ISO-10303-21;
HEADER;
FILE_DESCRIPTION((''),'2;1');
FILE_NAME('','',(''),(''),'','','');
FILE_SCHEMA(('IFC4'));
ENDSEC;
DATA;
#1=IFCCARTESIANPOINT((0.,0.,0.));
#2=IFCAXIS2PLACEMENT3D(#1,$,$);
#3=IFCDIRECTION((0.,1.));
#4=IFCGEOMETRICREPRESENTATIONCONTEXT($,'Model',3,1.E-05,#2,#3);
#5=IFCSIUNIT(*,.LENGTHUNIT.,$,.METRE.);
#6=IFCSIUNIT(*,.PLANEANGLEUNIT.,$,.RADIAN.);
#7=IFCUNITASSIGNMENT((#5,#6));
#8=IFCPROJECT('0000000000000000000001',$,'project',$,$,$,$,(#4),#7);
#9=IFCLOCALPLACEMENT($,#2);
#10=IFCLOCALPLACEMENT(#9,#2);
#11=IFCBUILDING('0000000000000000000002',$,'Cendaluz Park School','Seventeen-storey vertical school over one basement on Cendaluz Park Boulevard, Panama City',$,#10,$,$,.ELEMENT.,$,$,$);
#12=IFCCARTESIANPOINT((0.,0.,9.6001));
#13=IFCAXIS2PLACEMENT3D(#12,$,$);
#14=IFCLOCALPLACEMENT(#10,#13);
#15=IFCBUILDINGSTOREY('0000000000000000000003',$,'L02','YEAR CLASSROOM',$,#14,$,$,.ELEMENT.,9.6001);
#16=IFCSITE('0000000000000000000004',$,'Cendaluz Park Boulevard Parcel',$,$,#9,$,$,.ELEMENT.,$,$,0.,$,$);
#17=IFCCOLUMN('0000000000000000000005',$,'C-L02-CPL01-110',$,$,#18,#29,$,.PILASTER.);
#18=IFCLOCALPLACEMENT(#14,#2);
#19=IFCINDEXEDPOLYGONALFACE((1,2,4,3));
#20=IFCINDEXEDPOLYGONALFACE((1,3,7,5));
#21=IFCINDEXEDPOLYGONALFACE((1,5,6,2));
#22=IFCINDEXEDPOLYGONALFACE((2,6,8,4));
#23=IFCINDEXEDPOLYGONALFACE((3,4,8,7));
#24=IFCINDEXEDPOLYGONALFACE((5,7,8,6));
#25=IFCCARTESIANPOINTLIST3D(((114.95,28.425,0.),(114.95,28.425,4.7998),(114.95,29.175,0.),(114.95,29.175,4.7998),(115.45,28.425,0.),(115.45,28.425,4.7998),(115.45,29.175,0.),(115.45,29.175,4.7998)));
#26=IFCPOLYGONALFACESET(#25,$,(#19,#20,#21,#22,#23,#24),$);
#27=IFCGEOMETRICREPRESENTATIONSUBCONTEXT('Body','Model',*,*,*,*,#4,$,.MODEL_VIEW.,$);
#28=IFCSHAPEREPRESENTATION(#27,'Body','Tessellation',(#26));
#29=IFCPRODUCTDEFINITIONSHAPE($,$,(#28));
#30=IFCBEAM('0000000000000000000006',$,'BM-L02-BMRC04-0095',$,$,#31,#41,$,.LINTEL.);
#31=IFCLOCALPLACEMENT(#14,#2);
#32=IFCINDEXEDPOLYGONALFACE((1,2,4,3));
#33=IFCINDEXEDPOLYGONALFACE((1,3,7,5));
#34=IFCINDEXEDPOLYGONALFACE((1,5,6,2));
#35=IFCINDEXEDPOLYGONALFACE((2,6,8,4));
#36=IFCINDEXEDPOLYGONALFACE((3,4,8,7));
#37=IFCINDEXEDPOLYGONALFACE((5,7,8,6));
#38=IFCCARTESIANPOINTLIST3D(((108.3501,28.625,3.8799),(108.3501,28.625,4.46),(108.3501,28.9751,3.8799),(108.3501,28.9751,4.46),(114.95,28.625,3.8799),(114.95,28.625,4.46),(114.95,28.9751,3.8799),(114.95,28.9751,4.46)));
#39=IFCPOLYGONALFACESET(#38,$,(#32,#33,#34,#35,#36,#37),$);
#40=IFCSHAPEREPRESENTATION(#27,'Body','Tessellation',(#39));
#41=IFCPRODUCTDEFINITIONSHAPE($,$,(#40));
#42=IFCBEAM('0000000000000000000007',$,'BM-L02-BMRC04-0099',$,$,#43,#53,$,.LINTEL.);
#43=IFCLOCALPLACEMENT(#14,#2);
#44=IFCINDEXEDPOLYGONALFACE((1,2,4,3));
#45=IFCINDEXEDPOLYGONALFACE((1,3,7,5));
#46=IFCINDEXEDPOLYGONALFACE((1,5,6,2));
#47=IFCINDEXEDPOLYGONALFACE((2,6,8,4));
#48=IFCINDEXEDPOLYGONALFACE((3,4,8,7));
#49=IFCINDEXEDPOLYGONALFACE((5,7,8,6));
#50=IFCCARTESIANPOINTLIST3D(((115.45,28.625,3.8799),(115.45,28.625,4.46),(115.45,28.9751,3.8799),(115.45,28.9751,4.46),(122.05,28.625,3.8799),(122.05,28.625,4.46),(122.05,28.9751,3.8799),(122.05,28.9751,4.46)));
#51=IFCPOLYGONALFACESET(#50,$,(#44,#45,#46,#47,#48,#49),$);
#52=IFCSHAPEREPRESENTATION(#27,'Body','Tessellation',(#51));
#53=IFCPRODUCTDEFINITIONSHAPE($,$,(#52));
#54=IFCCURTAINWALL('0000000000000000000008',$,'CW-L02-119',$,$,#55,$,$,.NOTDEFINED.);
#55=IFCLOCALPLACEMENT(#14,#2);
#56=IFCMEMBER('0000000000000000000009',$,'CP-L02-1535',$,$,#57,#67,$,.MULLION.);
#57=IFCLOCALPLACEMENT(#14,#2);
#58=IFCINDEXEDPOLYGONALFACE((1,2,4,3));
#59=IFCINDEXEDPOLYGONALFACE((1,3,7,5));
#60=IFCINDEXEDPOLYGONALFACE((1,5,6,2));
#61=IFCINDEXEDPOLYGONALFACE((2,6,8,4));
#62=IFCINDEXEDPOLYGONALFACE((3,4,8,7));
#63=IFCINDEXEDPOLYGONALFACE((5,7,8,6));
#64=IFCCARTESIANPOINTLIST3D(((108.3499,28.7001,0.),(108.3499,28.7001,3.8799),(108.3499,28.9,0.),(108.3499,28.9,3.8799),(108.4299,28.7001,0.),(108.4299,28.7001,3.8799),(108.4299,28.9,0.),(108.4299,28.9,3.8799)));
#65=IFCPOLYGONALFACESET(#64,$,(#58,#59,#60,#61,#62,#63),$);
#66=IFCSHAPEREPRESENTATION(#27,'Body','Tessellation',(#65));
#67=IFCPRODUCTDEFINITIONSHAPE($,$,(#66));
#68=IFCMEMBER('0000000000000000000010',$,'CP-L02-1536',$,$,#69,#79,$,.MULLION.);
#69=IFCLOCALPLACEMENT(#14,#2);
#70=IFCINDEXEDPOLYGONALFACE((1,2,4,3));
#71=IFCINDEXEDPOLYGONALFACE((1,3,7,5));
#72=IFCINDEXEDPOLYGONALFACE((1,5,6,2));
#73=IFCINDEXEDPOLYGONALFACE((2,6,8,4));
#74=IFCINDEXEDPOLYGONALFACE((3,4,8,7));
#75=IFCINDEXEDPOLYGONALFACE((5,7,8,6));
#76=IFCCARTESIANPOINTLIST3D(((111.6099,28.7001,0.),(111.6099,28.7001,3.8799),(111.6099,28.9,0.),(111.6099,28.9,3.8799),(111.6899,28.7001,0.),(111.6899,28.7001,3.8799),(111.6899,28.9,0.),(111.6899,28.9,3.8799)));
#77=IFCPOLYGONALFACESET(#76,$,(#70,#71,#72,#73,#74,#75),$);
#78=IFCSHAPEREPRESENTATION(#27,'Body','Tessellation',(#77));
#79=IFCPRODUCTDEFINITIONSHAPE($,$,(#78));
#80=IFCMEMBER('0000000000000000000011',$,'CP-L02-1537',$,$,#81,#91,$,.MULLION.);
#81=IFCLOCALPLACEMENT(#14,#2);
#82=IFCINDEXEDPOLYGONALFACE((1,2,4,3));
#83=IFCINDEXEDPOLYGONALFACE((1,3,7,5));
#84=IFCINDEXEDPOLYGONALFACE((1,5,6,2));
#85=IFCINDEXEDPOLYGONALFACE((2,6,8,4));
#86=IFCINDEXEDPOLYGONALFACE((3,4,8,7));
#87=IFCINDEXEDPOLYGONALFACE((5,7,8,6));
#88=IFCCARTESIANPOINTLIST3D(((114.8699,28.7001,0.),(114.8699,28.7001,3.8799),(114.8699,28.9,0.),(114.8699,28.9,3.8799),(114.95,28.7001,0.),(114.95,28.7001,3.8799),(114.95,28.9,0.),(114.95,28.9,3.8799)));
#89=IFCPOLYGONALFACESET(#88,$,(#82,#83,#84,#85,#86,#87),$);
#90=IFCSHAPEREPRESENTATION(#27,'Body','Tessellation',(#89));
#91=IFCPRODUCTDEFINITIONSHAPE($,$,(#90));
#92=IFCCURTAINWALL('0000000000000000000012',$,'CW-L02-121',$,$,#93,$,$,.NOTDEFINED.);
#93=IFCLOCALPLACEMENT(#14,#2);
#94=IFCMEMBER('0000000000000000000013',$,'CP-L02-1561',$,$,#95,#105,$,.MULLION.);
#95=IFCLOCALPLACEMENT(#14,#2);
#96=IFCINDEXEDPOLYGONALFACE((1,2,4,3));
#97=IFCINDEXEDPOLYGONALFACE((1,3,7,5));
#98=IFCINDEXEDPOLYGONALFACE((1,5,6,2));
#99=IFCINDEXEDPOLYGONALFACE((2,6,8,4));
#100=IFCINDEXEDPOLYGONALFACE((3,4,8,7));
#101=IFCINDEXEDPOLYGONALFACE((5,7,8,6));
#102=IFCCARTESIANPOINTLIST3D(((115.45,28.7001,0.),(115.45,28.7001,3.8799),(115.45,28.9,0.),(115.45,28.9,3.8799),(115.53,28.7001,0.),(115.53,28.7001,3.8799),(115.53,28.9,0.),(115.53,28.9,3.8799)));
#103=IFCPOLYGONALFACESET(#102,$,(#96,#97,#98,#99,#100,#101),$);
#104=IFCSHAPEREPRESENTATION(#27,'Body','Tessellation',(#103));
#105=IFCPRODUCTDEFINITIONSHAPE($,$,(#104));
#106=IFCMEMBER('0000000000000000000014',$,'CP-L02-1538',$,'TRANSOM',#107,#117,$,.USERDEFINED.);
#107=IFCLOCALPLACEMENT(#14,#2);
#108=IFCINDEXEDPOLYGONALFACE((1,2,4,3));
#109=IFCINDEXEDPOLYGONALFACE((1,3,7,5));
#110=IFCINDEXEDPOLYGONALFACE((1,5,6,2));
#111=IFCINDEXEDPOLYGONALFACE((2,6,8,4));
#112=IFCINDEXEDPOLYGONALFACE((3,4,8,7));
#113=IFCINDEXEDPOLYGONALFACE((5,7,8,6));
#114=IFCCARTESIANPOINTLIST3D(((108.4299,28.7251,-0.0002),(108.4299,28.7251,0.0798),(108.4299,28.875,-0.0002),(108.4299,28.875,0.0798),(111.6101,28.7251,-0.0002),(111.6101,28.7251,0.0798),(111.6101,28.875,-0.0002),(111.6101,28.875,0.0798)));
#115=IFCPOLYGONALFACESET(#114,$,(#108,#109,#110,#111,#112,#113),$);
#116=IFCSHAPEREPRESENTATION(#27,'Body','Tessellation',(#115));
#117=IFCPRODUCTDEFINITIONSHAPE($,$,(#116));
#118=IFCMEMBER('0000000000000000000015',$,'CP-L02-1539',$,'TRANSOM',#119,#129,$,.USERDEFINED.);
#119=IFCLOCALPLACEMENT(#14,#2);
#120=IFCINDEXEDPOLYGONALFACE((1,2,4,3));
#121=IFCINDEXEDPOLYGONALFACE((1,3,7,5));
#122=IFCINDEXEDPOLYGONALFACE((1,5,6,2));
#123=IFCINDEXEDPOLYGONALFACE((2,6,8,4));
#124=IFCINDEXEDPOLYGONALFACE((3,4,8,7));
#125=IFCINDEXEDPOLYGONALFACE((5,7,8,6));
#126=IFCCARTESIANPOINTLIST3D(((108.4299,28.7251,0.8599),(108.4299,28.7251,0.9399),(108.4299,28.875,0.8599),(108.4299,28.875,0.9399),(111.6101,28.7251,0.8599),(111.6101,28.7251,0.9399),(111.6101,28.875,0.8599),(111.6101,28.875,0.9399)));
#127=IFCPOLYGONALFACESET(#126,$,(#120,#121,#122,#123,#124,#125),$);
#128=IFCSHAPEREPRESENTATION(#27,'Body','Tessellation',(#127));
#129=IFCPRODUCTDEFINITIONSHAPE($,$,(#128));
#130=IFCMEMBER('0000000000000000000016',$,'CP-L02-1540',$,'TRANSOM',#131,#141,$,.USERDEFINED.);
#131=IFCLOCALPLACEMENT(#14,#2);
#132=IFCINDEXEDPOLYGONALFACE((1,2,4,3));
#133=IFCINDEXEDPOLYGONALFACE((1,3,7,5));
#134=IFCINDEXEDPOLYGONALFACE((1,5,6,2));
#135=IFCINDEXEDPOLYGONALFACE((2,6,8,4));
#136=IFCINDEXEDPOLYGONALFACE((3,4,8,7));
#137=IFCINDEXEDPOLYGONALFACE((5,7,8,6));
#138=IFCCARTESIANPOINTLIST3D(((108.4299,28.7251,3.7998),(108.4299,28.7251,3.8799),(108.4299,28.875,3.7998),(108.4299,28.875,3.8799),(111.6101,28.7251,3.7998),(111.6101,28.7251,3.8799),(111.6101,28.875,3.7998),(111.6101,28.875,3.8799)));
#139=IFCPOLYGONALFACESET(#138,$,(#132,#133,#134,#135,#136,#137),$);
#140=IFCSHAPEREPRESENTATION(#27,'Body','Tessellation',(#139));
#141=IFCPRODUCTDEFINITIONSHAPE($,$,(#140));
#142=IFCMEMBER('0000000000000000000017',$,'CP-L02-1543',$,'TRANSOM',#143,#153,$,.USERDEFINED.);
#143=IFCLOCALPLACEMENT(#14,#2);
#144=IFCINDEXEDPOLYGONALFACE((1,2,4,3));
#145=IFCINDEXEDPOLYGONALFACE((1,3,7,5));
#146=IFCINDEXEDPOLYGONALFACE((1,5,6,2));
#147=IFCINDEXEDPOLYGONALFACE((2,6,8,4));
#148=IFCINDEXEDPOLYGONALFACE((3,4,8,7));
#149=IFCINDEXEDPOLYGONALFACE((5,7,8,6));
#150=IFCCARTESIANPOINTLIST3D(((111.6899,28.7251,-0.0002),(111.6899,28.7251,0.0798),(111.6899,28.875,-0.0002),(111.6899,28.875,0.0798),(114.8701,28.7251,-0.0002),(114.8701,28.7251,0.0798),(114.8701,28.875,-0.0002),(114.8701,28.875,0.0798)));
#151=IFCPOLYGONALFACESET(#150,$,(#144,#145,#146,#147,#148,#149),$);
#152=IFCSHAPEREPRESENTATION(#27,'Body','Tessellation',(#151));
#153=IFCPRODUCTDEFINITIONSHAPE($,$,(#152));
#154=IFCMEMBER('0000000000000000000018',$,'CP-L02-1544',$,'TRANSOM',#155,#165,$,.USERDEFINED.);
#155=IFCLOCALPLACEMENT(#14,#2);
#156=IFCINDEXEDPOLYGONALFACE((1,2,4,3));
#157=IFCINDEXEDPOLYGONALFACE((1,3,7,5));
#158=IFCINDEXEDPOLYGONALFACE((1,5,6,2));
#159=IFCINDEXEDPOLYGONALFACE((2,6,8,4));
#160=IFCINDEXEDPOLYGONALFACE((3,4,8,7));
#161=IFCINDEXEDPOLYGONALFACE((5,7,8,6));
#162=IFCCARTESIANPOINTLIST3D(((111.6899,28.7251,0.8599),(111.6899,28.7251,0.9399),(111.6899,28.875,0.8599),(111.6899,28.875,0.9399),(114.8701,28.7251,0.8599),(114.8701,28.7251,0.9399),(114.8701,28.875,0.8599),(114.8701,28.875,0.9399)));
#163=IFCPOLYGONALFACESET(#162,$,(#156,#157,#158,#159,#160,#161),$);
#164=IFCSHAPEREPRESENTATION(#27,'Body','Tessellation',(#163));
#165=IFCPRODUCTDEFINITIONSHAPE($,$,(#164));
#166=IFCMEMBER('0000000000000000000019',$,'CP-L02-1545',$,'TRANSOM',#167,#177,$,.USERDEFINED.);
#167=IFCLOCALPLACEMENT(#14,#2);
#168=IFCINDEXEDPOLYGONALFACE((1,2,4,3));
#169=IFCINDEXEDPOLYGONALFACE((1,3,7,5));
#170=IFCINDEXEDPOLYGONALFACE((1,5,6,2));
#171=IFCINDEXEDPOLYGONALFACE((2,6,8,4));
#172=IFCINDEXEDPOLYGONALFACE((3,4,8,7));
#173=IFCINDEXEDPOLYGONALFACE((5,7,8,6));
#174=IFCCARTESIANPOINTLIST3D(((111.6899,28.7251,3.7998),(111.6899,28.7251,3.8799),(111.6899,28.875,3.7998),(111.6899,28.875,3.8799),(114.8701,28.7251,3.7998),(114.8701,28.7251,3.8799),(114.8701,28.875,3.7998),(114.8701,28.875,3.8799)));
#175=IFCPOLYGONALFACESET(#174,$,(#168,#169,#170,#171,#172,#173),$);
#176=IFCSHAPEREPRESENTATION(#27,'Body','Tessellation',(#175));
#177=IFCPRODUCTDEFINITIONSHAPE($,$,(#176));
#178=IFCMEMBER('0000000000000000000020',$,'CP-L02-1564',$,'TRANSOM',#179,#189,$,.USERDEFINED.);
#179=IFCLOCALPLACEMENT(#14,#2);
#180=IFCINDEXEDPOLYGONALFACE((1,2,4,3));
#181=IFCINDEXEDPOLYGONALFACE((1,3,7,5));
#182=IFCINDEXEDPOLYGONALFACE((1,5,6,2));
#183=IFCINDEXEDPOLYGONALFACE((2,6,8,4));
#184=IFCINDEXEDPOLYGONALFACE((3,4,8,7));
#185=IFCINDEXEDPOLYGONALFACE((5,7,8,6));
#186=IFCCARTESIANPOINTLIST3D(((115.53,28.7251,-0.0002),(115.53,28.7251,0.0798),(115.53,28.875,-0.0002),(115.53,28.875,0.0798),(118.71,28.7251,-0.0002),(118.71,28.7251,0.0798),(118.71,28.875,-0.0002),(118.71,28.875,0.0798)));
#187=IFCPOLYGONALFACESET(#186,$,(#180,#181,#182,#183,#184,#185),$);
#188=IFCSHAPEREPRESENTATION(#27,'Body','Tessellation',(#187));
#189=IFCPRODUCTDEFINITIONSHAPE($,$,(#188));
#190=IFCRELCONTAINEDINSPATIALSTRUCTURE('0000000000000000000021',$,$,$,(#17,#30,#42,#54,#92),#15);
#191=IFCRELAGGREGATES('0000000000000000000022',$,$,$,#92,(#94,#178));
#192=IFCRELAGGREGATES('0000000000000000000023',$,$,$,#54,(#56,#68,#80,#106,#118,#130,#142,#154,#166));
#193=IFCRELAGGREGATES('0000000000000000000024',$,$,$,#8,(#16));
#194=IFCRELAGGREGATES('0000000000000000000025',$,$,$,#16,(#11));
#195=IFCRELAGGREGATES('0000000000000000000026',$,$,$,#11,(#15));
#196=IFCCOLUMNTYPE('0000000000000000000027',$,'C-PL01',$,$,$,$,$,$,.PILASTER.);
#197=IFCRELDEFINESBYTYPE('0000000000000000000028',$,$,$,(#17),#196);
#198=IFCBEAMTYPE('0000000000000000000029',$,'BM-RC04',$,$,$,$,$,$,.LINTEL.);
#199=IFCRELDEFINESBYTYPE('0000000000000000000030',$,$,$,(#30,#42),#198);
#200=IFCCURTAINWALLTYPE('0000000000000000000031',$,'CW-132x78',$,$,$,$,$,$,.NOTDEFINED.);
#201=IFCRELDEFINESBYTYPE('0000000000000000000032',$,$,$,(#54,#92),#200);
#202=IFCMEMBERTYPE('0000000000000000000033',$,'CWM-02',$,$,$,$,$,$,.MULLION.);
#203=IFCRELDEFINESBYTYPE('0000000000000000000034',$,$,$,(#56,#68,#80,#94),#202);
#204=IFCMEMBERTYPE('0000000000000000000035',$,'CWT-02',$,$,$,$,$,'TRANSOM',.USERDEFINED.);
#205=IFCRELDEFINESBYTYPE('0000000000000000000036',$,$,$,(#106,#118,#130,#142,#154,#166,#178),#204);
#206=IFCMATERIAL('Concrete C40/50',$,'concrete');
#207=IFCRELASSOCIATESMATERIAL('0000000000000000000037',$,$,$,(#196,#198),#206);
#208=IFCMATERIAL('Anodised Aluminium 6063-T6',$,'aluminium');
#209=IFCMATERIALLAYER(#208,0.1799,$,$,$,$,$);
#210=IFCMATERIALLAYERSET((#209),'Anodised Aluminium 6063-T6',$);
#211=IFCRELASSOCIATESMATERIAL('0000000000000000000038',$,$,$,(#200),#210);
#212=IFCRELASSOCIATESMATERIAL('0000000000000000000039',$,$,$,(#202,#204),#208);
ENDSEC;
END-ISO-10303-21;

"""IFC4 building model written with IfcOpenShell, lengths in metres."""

from ifc_helpers import new_model, si_unit, direction, frame, origin, origin_2d, place, context, subcontext, project, spatial, rectangle, extrude, material, layer, layer_set, material_profile, profile_set, type_object, element, aggregate, save


model = new_model("IFC4")

# Units and contexts
model_context = context("Model", 3, precision=1e-05, world=origin(), true_north=direction((0.0, 1.0)))
body_context = subcontext(model_context, "Body", "Model", "MODEL_VIEW")
ifc_project = project(units=[si_unit("LENGTHUNIT", "METRE"), si_unit("PLANEANGLEUNIT", "RADIAN")], contexts=[model_context])

# Site, building, storey
site_placement = place(None, origin())
site = spatial("IfcSite", under=ifc_project, at=site_placement, Name="Cendaluz Park Boulevard Parcel", CompositionType="ELEMENT", RefElevation=0.0)
building_placement = place(site_placement, origin())
building = spatial("IfcBuilding", under=site, at=building_placement, Name="Cendaluz Park School", Description="Seventeen-storey vertical school over one basement on Cendaluz Park Boulevard, Panama City", CompositionType="ELEMENT")
storey_placement = place(building_placement, frame((0.0, 0.0, 9.6001)))
storey = spatial("IfcBuildingStorey", under=building, at=storey_placement, Name="L02", Description="YEAR CLASSROOM", CompositionType="ELEMENT", Elevation=9.6001)

# Column
ifc_material_1 = material(Name="Concrete C40/50", Category="concrete")
ifc_material_profile_1 = material_profile(ifc_material_1, rectangle(XDim=0.5, YDim=0.75, at=origin_2d()), Name="RC 500x750", Category="concrete")
ifc_profile_set_1 = profile_set([ifc_material_profile_1], Name="Concrete C40/50")
column_type = type_object("IfcColumnType", Name="C-PL01", PredefinedType="PILASTER", material=ifc_profile_set_1)
column_placement = place(storey_placement, frame((115.2, 28.8, 0.0), z_axis=(0.0, 0.0, 1.0), x_axis=(1.0, 0.0, 0.0)))
element("IfcColumn", 1, at=column_placement, inside=storey, type_object=column_type, Name="C-L02-CPL01-110", PredefinedType="PILASTER", context=body_context, shape_type="SweptSolid", body=[
    extrude(rectangle(XDim=0.5, YDim=0.75, at=origin_2d()), origin(), (0.0, 0.0, 1.0), 4.7998),
])

# Beams
ifc_material_profile_2 = material_profile(ifc_material_1, rectangle(XDim=0.3501, YDim=0.5801, at=origin_2d()), Name="RC 350x580", Category="concrete")
ifc_profile_set_2 = profile_set([ifc_material_profile_2], Name="Concrete C40/50")
beam_type_1 = type_object("IfcBeamType", Name="BM-RC04", PredefinedType="LINTEL", material=ifc_profile_set_2)
beam_1_placement = place(storey_placement, frame((108.3501, 28.8, 4.1699), z_axis=(1.0, 0.0, 0.0), x_axis=(0.0, 1.0, 0.0)))
element("IfcBeam", 2, at=beam_1_placement, inside=storey, type_object=beam_type_1, Name="BM-L02-BMRC04-0095", PredefinedType="LINTEL", context=body_context, shape_type="SweptSolid", body=[
    extrude(rectangle(XDim=0.3501, YDim=0.5801, at=origin_2d()), origin(), (0.0, 0.0, 1.0), 6.5999),
])
beam_2_placement = place(storey_placement, frame((115.45, 28.8, 4.1699), z_axis=(1.0, 0.0, 0.0), x_axis=(0.0, 1.0, 0.0)))
element("IfcBeam", 3, at=beam_2_placement, inside=storey, type_object=beam_type_1, Name="BM-L02-BMRC04-0099", PredefinedType="LINTEL", context=body_context, shape_type="SweptSolid", body=[
    extrude(rectangle(XDim=0.3501, YDim=0.5801, at=origin_2d()), origin(), (0.0, 0.0, 1.0), 6.6001),
])

# Curtain wall, members
ifc_material_2 = material(Name="Anodised Aluminium 6063-T6", Category="aluminium")
ifc_layer_1 = layer(ifc_material_2, 0.1799)
ifc_layer_set_1 = layer_set([ifc_layer_1], Name="Anodised Aluminium 6063-T6")
curtain_wall_type = type_object("IfcCurtainWallType", Name="CW-132x78", PredefinedType="NOTDEFINED", material=ifc_layer_set_1)
curtain_wall_1_placement = place(storey_placement, origin())
curtain_wall_1 = element("IfcCurtainWall", 4, at=curtain_wall_1_placement, inside=storey, type_object=curtain_wall_type, Name="CW-L02-119", PredefinedType="NOTDEFINED")
ifc_material_profile_3 = material_profile(ifc_material_2, rectangle(XDim=0.2, YDim=0.0801, at=origin_2d()), Name="CWM 200x80", Category="aluminium")
ifc_profile_set_3 = profile_set([ifc_material_profile_3], Name="Anodised Aluminium 6063-T6")
member_type_1 = type_object("IfcMemberType", Name="CWM-02", PredefinedType="MULLION", material=ifc_profile_set_3)
member_1_placement = place(storey_placement, frame((108.3899, 28.8, 0.0), z_axis=(0.0, 0.0, 1.0), x_axis=(0.0, 1.0, 0.0)))
member_1 = element("IfcMember", 5, at=member_1_placement, type_object=member_type_1, Name="CP-L02-1535", PredefinedType="MULLION", context=body_context, shape_type="SweptSolid", body=[
    extrude(rectangle(XDim=0.2, YDim=0.0801, at=origin_2d()), origin(), (0.0, 0.0, 1.0), 3.8799),
])
member_2_placement = place(storey_placement, frame((111.6499, 28.8, 0.0), z_axis=(0.0, 0.0, 1.0), x_axis=(0.0, 1.0, 0.0)))
member_2 = element("IfcMember", 6, at=member_2_placement, type_object=member_type_1, Name="CP-L02-1536", PredefinedType="MULLION", context=body_context, shape_type="SweptSolid", body=[
    extrude(rectangle(XDim=0.2, YDim=0.0801, at=origin_2d()), origin(), (0.0, 0.0, 1.0), 3.8799),
])
member_3_placement = place(storey_placement, frame((114.9099, 28.8, 0.0), z_axis=(0.0, 0.0, 1.0), x_axis=(0.0, 1.0, 0.0)))
member_3 = element("IfcMember", 7, at=member_3_placement, type_object=member_type_1, Name="CP-L02-1537", PredefinedType="MULLION", context=body_context, shape_type="SweptSolid", body=[
    extrude(rectangle(XDim=0.2, YDim=0.0801, at=origin_2d()), origin(), (0.0, 0.0, 1.0), 3.8799),
])

# Curtain wall, member
curtain_wall_2_placement = place(storey_placement, origin())
curtain_wall_2 = element("IfcCurtainWall", 8, at=curtain_wall_2_placement, inside=storey, type_object=curtain_wall_type, Name="CW-L02-121", PredefinedType="NOTDEFINED")
member_4_placement = place(storey_placement, frame((115.49, 28.8, 0.0), z_axis=(0.0, 0.0, 1.0), x_axis=(0.0, 1.0, 0.0)))
member_4 = element("IfcMember", 9, at=member_4_placement, type_object=member_type_1, Name="CP-L02-1561", PredefinedType="MULLION", context=body_context, shape_type="SweptSolid", body=[
    extrude(rectangle(XDim=0.2, YDim=0.0801, at=origin_2d()), origin(), (0.0, 0.0, 1.0), 3.8799),
])

# Members
ifc_material_profile_4 = material_profile(ifc_material_2, rectangle(XDim=0.1499, YDim=0.0801, at=origin_2d()), Name="CWT 150x80", Category="aluminium")
ifc_profile_set_4 = profile_set([ifc_material_profile_4], Name="Anodised Aluminium 6063-T6")
member_type_2 = type_object("IfcMemberType", Name="CWT-02", ElementType="TRANSOM", PredefinedType="USERDEFINED", material=ifc_profile_set_4)
member_5_placement = place(storey_placement, frame((108.4299, 28.8, 0.0398), z_axis=(1.0, 0.0, 0.0), x_axis=(0.0, 1.0, 0.0)))
member_5 = element("IfcMember", 10, at=member_5_placement, type_object=member_type_2, Name="CP-L02-1538", ObjectType="TRANSOM", PredefinedType="USERDEFINED", context=body_context, shape_type="SweptSolid", body=[
    extrude(rectangle(XDim=0.1499, YDim=0.0801, at=origin_2d()), origin(), (0.0, 0.0, 1.0), 3.1802),
])
member_6_placement = place(storey_placement, frame((108.4299, 28.8, 0.8999), z_axis=(1.0, 0.0, 0.0), x_axis=(0.0, 1.0, 0.0)))
member_6 = element("IfcMember", 11, at=member_6_placement, type_object=member_type_2, Name="CP-L02-1539", ObjectType="TRANSOM", PredefinedType="USERDEFINED", context=body_context, shape_type="SweptSolid", body=[
    extrude(rectangle(XDim=0.1499, YDim=0.0801, at=origin_2d()), origin(), (0.0, 0.0, 1.0), 3.1802),
])
member_7_placement = place(storey_placement, frame((108.4299, 28.8, 3.8398), z_axis=(1.0, 0.0, 0.0), x_axis=(0.0, 1.0, 0.0)))
member_7 = element("IfcMember", 12, at=member_7_placement, type_object=member_type_2, Name="CP-L02-1540", ObjectType="TRANSOM", PredefinedType="USERDEFINED", context=body_context, shape_type="SweptSolid", body=[
    extrude(rectangle(XDim=0.1499, YDim=0.0801, at=origin_2d()), origin(), (0.0, 0.0, 1.0), 3.1802),
])
member_8_placement = place(storey_placement, frame((111.6899, 28.8, 0.0398), z_axis=(1.0, 0.0, 0.0), x_axis=(0.0, 1.0, 0.0)))
member_8 = element("IfcMember", 13, at=member_8_placement, type_object=member_type_2, Name="CP-L02-1543", ObjectType="TRANSOM", PredefinedType="USERDEFINED", context=body_context, shape_type="SweptSolid", body=[
    extrude(rectangle(XDim=0.1499, YDim=0.0801, at=origin_2d()), origin(), (0.0, 0.0, 1.0), 3.1802),
])
member_9_placement = place(storey_placement, frame((111.6899, 28.8, 0.8999), z_axis=(1.0, 0.0, 0.0), x_axis=(0.0, 1.0, 0.0)))
member_9 = element("IfcMember", 14, at=member_9_placement, type_object=member_type_2, Name="CP-L02-1544", ObjectType="TRANSOM", PredefinedType="USERDEFINED", context=body_context, shape_type="SweptSolid", body=[
    extrude(rectangle(XDim=0.1499, YDim=0.0801, at=origin_2d()), origin(), (0.0, 0.0, 1.0), 3.1802),
])
member_10_placement = place(storey_placement, frame((111.6899, 28.8, 3.8398), z_axis=(1.0, 0.0, 0.0), x_axis=(0.0, 1.0, 0.0)))
member_10 = element("IfcMember", 15, at=member_10_placement, type_object=member_type_2, Name="CP-L02-1545", ObjectType="TRANSOM", PredefinedType="USERDEFINED", context=body_context, shape_type="SweptSolid", body=[
    extrude(rectangle(XDim=0.1499, YDim=0.0801, at=origin_2d()), origin(), (0.0, 0.0, 1.0), 3.1802),
])
member_11_placement = place(storey_placement, frame((115.53, 28.8, 0.0398), z_axis=(1.0, 0.0, 0.0), x_axis=(0.0, 1.0, 0.0)))
member_11 = element("IfcMember", 16, at=member_11_placement, type_object=member_type_2, Name="CP-L02-1564", ObjectType="TRANSOM", PredefinedType="USERDEFINED", context=body_context, shape_type="SweptSolid", body=[
    extrude(rectangle(XDim=0.1499, YDim=0.0801, at=origin_2d()), origin(), (0.0, 0.0, 1.0), 3.1799),
])
aggregate(curtain_wall_2, [member_4, member_11])

aggregate(curtain_wall_1, [member_1, member_2, member_3, member_5, member_6, member_7, member_8, member_9, member_10])

save(model, "model.ifc")
